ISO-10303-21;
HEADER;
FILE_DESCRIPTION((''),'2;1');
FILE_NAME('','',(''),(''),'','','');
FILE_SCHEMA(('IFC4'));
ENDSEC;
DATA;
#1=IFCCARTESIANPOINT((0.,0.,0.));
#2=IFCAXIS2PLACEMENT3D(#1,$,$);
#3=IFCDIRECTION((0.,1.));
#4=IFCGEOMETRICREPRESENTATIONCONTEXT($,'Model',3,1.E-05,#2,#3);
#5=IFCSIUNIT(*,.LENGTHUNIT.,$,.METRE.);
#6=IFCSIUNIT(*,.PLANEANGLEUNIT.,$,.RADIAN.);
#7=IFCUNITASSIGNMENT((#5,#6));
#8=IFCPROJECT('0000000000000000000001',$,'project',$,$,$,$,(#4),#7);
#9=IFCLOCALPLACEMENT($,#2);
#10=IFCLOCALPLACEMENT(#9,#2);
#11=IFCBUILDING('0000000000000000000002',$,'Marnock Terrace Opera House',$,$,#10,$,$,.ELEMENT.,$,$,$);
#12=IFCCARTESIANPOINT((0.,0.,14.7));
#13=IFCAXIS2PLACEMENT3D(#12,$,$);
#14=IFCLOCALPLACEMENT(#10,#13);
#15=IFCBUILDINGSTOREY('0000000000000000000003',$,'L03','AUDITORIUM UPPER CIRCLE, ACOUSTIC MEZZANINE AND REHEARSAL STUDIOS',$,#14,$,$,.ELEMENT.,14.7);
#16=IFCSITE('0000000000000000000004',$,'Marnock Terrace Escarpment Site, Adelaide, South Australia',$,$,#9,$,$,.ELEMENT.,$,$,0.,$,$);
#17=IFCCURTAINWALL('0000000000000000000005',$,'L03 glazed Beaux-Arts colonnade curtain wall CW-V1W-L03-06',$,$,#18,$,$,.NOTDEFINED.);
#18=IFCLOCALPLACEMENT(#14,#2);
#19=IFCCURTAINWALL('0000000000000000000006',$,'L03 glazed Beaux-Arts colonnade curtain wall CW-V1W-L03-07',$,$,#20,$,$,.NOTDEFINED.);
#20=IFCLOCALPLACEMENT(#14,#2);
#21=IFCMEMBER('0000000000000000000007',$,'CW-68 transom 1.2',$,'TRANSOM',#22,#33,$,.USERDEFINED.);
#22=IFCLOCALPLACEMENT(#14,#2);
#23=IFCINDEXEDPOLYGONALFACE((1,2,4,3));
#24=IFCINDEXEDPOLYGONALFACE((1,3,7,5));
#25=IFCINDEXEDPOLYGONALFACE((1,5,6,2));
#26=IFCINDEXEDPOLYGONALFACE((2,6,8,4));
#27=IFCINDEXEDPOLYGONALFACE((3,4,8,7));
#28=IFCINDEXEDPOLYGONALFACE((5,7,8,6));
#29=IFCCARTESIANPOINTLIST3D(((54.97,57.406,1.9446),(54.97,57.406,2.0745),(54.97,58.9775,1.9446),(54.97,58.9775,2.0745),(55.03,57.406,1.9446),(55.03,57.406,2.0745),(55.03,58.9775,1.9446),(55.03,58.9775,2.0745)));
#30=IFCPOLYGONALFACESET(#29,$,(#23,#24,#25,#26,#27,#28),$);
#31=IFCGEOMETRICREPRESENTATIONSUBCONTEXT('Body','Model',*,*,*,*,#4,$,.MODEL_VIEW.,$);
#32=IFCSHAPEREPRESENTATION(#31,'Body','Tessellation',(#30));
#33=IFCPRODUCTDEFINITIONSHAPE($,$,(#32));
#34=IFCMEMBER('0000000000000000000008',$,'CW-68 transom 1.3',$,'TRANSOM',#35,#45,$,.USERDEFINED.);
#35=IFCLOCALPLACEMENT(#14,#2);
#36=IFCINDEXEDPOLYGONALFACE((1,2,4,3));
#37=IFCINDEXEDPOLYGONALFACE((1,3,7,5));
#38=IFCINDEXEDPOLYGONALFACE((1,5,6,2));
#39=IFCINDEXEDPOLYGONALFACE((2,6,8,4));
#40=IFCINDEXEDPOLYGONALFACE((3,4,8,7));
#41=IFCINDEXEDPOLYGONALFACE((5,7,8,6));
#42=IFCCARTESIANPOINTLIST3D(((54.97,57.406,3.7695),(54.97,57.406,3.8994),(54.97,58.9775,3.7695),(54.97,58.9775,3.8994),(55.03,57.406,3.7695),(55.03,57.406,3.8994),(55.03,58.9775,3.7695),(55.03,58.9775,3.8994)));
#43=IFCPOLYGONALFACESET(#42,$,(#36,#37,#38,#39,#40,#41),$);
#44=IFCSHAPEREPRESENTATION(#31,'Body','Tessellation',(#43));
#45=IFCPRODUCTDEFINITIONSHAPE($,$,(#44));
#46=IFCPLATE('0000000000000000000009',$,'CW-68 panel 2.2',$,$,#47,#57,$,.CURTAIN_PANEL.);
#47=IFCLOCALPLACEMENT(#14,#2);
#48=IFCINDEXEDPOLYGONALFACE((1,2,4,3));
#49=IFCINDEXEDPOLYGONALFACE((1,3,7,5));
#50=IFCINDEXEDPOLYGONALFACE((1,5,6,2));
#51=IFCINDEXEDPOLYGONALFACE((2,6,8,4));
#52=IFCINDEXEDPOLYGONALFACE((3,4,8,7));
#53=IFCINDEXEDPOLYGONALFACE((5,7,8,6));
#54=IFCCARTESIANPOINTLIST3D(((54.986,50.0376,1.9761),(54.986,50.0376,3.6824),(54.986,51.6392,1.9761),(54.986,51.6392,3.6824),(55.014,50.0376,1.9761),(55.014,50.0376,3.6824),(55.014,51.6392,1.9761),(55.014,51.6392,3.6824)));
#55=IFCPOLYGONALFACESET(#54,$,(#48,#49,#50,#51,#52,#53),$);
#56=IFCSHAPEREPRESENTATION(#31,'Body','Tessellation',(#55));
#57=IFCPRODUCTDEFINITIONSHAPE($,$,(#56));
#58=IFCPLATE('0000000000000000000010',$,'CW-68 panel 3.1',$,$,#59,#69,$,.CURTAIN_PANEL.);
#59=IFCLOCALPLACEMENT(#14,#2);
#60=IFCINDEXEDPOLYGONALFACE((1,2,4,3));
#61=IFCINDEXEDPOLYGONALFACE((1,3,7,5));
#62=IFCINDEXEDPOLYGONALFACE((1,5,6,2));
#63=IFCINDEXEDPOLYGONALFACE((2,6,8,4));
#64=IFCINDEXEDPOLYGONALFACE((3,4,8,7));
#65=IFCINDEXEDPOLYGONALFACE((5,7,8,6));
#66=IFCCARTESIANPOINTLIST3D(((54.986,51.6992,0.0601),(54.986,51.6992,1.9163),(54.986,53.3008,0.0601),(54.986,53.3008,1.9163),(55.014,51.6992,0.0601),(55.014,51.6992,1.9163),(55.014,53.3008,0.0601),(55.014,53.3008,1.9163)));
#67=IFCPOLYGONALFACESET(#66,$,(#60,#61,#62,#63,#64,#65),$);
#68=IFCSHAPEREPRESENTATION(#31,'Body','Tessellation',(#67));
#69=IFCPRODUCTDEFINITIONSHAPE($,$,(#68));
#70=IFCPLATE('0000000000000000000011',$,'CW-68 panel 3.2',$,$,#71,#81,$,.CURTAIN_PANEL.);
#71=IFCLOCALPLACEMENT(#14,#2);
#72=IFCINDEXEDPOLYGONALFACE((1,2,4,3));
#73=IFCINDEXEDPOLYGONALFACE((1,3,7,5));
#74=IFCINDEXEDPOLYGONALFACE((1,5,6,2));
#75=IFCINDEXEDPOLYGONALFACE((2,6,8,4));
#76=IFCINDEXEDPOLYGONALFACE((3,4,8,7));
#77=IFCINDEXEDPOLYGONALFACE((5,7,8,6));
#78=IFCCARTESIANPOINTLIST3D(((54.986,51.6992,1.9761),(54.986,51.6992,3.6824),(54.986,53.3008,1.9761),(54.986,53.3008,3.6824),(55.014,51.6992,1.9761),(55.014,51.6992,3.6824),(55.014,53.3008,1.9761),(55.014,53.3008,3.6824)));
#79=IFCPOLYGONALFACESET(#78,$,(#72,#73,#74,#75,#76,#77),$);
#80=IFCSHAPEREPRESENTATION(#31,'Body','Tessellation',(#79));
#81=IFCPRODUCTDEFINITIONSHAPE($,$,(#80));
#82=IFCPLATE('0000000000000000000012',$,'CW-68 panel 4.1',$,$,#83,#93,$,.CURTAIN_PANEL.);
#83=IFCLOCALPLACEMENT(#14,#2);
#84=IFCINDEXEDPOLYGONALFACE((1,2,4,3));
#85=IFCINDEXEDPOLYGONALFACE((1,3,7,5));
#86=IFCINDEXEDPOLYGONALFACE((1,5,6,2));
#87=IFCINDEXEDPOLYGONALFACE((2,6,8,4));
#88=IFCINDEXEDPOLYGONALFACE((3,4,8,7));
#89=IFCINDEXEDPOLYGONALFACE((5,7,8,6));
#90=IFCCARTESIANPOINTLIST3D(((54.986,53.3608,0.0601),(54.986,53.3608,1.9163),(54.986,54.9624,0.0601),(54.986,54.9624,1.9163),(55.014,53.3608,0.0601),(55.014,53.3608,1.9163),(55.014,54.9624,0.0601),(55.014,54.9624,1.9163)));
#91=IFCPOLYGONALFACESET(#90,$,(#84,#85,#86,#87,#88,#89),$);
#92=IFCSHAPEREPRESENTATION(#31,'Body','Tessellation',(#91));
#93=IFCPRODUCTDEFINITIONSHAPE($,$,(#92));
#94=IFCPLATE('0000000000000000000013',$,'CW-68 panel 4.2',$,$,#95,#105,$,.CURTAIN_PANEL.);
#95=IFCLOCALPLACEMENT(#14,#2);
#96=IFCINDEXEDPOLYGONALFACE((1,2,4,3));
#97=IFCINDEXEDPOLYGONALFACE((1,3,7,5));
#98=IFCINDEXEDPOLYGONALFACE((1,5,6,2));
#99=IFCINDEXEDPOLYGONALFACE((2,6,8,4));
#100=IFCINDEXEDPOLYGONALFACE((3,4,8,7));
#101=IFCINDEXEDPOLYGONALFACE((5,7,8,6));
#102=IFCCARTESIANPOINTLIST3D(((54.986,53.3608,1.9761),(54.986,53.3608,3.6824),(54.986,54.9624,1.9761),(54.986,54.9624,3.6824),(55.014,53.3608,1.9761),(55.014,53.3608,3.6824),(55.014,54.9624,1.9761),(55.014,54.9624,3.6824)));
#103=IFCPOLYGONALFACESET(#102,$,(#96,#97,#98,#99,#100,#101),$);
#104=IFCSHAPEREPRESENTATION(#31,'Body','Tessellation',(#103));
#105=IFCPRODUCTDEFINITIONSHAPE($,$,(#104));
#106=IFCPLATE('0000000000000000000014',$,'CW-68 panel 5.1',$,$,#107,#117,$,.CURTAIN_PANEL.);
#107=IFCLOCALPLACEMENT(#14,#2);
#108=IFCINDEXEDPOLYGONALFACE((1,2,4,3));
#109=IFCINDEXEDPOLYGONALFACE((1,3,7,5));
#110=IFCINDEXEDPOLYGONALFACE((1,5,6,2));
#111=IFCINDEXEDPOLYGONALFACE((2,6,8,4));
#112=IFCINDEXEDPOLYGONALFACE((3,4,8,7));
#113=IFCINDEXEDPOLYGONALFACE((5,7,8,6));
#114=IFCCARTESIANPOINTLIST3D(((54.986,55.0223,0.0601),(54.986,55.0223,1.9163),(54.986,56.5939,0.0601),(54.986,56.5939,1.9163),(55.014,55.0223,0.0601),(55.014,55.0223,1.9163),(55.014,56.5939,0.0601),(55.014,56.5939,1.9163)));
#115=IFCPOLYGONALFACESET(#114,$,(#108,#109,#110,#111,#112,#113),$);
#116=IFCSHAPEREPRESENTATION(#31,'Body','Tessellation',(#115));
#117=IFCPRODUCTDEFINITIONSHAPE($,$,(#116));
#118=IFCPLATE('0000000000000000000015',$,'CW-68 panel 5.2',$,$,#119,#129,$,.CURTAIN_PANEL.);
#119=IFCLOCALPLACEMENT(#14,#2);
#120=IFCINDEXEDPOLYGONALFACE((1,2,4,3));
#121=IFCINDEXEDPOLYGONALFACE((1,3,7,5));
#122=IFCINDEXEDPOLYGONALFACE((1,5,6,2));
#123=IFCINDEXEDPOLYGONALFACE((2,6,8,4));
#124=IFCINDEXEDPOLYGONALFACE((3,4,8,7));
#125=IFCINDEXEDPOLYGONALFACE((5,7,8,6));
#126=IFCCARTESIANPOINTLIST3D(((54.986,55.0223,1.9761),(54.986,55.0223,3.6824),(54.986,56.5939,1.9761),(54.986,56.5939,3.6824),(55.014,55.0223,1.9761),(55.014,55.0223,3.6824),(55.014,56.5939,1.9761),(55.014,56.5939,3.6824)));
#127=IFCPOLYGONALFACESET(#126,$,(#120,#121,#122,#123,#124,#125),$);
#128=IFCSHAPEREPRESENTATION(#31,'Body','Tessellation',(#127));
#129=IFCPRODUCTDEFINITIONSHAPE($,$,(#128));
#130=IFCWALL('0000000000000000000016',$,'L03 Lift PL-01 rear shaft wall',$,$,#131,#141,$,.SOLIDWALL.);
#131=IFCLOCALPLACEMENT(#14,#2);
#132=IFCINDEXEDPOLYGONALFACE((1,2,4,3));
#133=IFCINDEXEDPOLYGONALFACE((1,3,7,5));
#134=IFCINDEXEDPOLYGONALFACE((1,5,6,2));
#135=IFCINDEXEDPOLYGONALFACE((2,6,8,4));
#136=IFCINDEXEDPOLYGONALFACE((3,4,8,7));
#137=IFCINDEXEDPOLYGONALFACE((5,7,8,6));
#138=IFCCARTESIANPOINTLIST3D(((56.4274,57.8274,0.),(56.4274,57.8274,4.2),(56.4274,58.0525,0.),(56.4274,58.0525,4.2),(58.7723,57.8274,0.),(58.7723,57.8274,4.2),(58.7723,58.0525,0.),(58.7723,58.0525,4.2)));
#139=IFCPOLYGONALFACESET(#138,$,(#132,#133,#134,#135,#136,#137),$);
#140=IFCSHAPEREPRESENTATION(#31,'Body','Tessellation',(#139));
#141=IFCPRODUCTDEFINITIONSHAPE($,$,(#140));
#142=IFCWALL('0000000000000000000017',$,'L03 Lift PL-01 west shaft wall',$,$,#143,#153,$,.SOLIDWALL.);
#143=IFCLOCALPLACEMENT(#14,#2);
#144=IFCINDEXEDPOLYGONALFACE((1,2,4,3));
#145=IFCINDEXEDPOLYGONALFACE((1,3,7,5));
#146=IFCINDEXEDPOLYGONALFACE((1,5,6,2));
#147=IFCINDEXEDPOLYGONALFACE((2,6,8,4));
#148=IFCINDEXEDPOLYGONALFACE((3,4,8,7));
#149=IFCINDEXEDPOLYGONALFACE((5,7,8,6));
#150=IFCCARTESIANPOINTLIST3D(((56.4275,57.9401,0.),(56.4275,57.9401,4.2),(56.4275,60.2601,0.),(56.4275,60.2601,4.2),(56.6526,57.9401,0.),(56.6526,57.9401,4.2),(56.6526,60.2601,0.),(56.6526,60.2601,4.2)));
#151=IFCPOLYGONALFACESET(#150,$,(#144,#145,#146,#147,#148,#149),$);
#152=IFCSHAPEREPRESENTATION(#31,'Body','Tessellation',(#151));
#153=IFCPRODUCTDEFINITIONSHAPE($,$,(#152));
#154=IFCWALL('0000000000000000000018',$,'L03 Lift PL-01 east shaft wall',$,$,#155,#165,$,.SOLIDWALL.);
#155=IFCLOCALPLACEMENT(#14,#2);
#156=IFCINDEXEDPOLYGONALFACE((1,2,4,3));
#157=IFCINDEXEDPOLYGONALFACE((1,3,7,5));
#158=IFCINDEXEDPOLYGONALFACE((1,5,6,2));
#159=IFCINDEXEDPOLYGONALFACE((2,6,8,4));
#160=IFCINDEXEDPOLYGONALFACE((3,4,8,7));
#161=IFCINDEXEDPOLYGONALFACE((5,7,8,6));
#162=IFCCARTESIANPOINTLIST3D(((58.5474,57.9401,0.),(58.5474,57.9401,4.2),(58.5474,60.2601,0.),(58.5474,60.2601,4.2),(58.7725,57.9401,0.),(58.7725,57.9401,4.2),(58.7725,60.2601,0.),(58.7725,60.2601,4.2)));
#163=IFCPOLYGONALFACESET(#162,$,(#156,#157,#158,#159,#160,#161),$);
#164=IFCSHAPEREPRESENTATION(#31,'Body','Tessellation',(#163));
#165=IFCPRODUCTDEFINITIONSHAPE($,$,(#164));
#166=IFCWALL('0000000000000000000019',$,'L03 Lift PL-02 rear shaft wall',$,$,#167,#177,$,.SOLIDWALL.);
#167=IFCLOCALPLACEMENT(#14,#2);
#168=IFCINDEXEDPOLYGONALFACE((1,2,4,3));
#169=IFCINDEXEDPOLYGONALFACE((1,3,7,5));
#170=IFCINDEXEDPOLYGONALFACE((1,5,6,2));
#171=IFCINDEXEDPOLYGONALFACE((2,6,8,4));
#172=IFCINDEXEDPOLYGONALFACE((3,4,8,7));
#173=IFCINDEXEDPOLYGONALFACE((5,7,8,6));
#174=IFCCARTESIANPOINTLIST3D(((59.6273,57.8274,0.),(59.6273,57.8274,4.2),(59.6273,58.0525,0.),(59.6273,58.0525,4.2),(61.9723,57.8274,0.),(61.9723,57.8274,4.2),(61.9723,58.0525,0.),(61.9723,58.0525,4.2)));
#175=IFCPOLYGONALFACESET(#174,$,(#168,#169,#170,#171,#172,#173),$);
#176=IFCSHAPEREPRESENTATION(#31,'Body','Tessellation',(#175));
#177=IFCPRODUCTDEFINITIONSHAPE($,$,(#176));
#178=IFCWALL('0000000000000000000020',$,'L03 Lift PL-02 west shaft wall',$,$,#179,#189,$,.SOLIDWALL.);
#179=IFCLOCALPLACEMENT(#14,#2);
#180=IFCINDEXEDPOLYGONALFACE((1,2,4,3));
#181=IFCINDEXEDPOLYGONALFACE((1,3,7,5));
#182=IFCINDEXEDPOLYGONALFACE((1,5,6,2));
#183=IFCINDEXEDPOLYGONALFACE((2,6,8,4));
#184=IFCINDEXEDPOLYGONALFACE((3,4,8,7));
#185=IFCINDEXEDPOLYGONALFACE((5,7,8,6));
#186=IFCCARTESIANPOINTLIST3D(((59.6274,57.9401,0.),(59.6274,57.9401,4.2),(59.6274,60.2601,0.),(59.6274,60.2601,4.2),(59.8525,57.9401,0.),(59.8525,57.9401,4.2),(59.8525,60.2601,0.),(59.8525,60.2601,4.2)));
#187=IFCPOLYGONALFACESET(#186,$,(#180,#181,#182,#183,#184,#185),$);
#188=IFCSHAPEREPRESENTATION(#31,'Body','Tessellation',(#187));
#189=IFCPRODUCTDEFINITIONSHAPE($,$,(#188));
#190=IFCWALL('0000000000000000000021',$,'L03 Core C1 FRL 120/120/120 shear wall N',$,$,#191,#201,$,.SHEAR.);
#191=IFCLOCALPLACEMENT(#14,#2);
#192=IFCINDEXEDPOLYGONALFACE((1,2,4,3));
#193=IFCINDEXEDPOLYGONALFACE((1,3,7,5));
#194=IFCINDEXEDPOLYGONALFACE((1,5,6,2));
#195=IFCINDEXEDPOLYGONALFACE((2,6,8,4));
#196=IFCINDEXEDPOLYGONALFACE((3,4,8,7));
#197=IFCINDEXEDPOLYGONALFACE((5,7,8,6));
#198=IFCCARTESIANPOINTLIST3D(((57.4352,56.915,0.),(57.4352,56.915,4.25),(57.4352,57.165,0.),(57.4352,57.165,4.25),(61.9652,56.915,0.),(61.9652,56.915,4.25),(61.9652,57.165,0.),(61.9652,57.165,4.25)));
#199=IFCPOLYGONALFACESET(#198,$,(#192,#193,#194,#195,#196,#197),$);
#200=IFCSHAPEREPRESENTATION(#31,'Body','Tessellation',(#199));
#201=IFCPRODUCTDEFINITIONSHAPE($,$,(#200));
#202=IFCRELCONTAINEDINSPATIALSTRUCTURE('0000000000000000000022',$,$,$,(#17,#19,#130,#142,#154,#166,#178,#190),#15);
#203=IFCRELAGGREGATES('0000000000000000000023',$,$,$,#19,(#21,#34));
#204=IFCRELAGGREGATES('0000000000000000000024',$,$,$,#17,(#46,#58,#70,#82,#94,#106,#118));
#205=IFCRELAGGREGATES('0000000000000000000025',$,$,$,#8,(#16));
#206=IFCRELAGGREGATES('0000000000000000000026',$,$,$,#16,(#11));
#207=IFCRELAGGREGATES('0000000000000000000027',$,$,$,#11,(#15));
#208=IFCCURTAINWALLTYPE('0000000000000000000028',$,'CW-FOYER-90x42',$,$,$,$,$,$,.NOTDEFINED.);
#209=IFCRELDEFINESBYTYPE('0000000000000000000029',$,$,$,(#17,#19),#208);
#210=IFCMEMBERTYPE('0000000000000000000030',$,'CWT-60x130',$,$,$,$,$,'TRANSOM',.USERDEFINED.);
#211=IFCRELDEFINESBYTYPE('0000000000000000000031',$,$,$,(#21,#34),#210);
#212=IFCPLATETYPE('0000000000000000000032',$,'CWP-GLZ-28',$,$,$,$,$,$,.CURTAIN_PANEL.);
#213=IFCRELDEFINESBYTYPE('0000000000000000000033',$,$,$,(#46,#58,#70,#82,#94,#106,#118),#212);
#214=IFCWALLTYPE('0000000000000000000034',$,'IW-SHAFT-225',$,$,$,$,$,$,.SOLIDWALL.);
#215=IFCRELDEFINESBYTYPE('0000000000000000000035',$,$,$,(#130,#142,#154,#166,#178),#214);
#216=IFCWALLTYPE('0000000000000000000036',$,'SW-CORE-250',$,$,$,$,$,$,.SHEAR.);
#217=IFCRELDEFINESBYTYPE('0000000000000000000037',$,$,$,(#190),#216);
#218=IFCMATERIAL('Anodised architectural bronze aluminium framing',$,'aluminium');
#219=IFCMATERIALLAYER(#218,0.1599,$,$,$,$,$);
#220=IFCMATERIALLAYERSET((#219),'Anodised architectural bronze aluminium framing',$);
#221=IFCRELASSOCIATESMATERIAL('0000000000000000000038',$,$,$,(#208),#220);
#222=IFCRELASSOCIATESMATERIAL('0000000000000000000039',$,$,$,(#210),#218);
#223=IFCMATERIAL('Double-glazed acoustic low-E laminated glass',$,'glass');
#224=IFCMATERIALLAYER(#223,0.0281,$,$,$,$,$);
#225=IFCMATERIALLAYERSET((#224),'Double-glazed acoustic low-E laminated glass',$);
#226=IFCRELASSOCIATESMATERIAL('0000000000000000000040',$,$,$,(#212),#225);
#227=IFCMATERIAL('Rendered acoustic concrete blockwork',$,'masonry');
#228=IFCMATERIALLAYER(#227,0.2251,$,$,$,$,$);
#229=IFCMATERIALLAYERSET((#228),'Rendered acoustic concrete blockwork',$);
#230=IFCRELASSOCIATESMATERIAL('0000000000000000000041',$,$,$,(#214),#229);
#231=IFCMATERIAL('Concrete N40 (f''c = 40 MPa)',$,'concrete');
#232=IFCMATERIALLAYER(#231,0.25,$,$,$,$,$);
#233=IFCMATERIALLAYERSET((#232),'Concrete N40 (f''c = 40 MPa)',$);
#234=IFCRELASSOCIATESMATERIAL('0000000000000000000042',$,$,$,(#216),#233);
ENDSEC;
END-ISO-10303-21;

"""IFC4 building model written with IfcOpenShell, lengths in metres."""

from ifc_helpers import new_model, si_unit, direction, frame, frame_2d, origin, origin_2d, place, context, subcontext, project, spatial, rectangle, extrude, material, layer, layer_set, material_profile, profile_set, type_object, element, aggregate, save


model = new_model("IFC4")

# Units and contexts
model_context = context("Model", 3, precision=1e-05, world=origin(), true_north=direction((0.0, 1.0)))
body_context = subcontext(model_context, "Body", "Model", "MODEL_VIEW")
ifc_project = project(units=[si_unit("LENGTHUNIT", "METRE"), si_unit("PLANEANGLEUNIT", "RADIAN")], contexts=[model_context])

# Site, building, storey
site_placement = place(None, origin())
site = spatial("IfcSite", under=ifc_project, at=site_placement, Name="Marnock Terrace Escarpment Site, Adelaide, South Australia", CompositionType="ELEMENT", RefElevation=0.0)
building_placement = place(site_placement, origin())
building = spatial("IfcBuilding", under=site, at=building_placement, Name="Marnock Terrace Opera House", CompositionType="ELEMENT")
storey_placement = place(building_placement, frame((0.0, 0.0, 14.7)))
storey = spatial("IfcBuildingStorey", under=building, at=storey_placement, Name="L03", Description="AUDITORIUM UPPER CIRCLE, ACOUSTIC MEZZANINE AND REHEARSAL STUDIOS", CompositionType="ELEMENT", Elevation=14.7)

# Curtain wall
ifc_material_1 = material(Name="Anodised architectural bronze aluminium framing", Category="aluminium")
ifc_layer_1 = layer(ifc_material_1, 0.1599)
ifc_layer_set_1 = layer_set([ifc_layer_1], Name="Anodised architectural bronze aluminium framing")
curtain_wall_type = type_object("IfcCurtainWallType", Name="CW-FOYER-90x42", PredefinedType="NOTDEFINED", material=ifc_layer_set_1)
curtain_wall_1_placement = place(storey_placement, origin())
curtain_wall_1 = element("IfcCurtainWall", 1, at=curtain_wall_1_placement, inside=storey, type_object=curtain_wall_type, Name="L03 glazed Beaux-Arts colonnade curtain wall CW-V1W-L03-06", PredefinedType="NOTDEFINED")

# Curtain wall
curtain_wall_2_placement = place(storey_placement, origin())
curtain_wall_2 = element("IfcCurtainWall", 2, at=curtain_wall_2_placement, inside=storey, type_object=curtain_wall_type, Name="L03 glazed Beaux-Arts colonnade curtain wall CW-V1W-L03-07", PredefinedType="NOTDEFINED")

# Members
ifc_material_profile_1 = material_profile(ifc_material_1, rectangle(XDim=0.0601, YDim=0.1299, at=origin_2d()))
ifc_profile_set_1 = profile_set([ifc_material_profile_1], Name="Anodised architectural bronze aluminium framing")
member_type_1 = type_object("IfcMemberType", Name="CWT-60x130", ElementType="TRANSOM", PredefinedType="USERDEFINED", material=ifc_profile_set_1)
member_1_placement = place(storey_placement, frame((55.0, 57.406, 2.0095), z_axis=(0.0, 1.0, 0.0), x_axis=(-1.0, 0.0, 0.0)))
member_1 = element("IfcMember", 3, at=member_1_placement, type_object=member_type_1, Name="CW-68 transom 1.2", ObjectType="TRANSOM", PredefinedType="USERDEFINED", context=body_context, shape_type="SweptSolid", body=[
    extrude(rectangle(XDim=0.0601, YDim=0.1299, at=origin_2d()), origin(), (0.0, 0.0, 1.0), 1.5715),
])
member_2_placement = place(storey_placement, frame((55.0, 57.406, 3.8345), z_axis=(0.0, 1.0, 0.0), x_axis=(-1.0, 0.0, 0.0)))
member_2 = element("IfcMember", 4, at=member_2_placement, type_object=member_type_1, Name="CW-68 transom 1.3", ObjectType="TRANSOM", PredefinedType="USERDEFINED", context=body_context, shape_type="SweptSolid", body=[
    extrude(rectangle(XDim=0.0601, YDim=0.1299, at=origin_2d()), origin(), (0.0, 0.0, 1.0), 1.5715),
])
aggregate(curtain_wall_2, [member_1, member_2])

# Plates
ifc_material_2 = material(Name="Double-glazed acoustic low-E laminated glass", Category="glass")
ifc_layer_2 = layer(ifc_material_2, 0.0281)
ifc_layer_set_2 = layer_set([ifc_layer_2], Name="Double-glazed acoustic low-E laminated glass")
plate_type = type_object("IfcPlateType", Name="CWP-GLZ-28", PredefinedType="CURTAIN_PANEL", material=ifc_layer_set_2)
plate_1_placement = place(storey_placement, frame((55.0, 50.8384, 1.9761), z_axis=(0.0, 0.0, 1.0), x_axis=(0.0, 1.0, 0.0)))
plate_1 = element("IfcPlate", 5, at=plate_1_placement, type_object=plate_type, Name="CW-68 panel 2.2", PredefinedType="CURTAIN_PANEL", context=body_context, shape_type="SweptSolid", body=[
    extrude(rectangle(XDim=1.6016, YDim=0.0281, at=origin_2d()), origin(), (0.0, 0.0, 1.0), 1.7063),
])
plate_2_placement = place(storey_placement, frame((55.0, 52.5, 0.0601), z_axis=(0.0, 0.0, 1.0), x_axis=(0.0, 1.0, 0.0)))
plate_2 = element("IfcPlate", 6, at=plate_2_placement, type_object=plate_type, Name="CW-68 panel 3.1", PredefinedType="CURTAIN_PANEL", context=body_context, shape_type="SweptSolid", body=[
    extrude(rectangle(XDim=1.6016, YDim=0.0281, at=origin_2d()), origin(), (0.0, 0.0, 1.0), 1.8562),
])
plate_3_placement = place(storey_placement, frame((55.0, 52.5, 1.9761), z_axis=(0.0, 0.0, 1.0), x_axis=(0.0, 1.0, 0.0)))
plate_3 = element("IfcPlate", 7, at=plate_3_placement, type_object=plate_type, Name="CW-68 panel 3.2", PredefinedType="CURTAIN_PANEL", context=body_context, shape_type="SweptSolid", body=[
    extrude(rectangle(XDim=1.6016, YDim=0.0281, at=origin_2d()), origin(), (0.0, 0.0, 1.0), 1.7063),
])
plate_4_placement = place(storey_placement, frame((55.0, 54.1616, 0.0601), z_axis=(0.0, 0.0, 1.0), x_axis=(0.0, 1.0, 0.0)))
plate_4 = element("IfcPlate", 8, at=plate_4_placement, type_object=plate_type, Name="CW-68 panel 4.1", PredefinedType="CURTAIN_PANEL", context=body_context, shape_type="SweptSolid", body=[
    extrude(rectangle(XDim=1.6016, YDim=0.0281, at=origin_2d()), origin(), (0.0, 0.0, 1.0), 1.8562),
])
plate_5_placement = place(storey_placement, frame((55.0, 54.1616, 1.9761), z_axis=(0.0, 0.0, 1.0), x_axis=(0.0, 1.0, 0.0)))
plate_5 = element("IfcPlate", 9, at=plate_5_placement, type_object=plate_type, Name="CW-68 panel 4.2", PredefinedType="CURTAIN_PANEL", context=body_context, shape_type="SweptSolid", body=[
    extrude(rectangle(XDim=1.6016, YDim=0.0281, at=origin_2d()), origin(), (0.0, 0.0, 1.0), 1.7063),
])
plate_6_placement = place(storey_placement, frame((55.0, 55.8081, 0.0601), z_axis=(0.0, 0.0, 1.0), x_axis=(0.0, 1.0, 0.0)))
plate_6 = element("IfcPlate", 10, at=plate_6_placement, type_object=plate_type, Name="CW-68 panel 5.1", PredefinedType="CURTAIN_PANEL", context=body_context, shape_type="SweptSolid", body=[
    extrude(rectangle(XDim=1.5715, YDim=0.0281, at=origin_2d()), origin(), (0.0, 0.0, 1.0), 1.8562),
])
plate_7_placement = place(storey_placement, frame((55.0, 55.8081, 1.9761), z_axis=(0.0, 0.0, 1.0), x_axis=(0.0, 1.0, 0.0)))
plate_7 = element("IfcPlate", 11, at=plate_7_placement, type_object=plate_type, Name="CW-68 panel 5.2", PredefinedType="CURTAIN_PANEL", context=body_context, shape_type="SweptSolid", body=[
    extrude(rectangle(XDim=1.5715, YDim=0.0281, at=origin_2d()), origin(), (0.0, 0.0, 1.0), 1.7063),
])
aggregate(curtain_wall_1, [plate_1, plate_2, plate_3, plate_4, plate_5, plate_6, plate_7])

# Walls
ifc_material_3 = material(Name="Rendered acoustic concrete blockwork", Category="masonry")
ifc_layer_3 = layer(ifc_material_3, 0.2251)
ifc_layer_set_3 = layer_set([ifc_layer_3], Name="Rendered acoustic concrete blockwork")
wall_type_1 = type_object("IfcWallType", Name="IW-SHAFT-225", PredefinedType="SOLIDWALL", material=ifc_layer_set_3)
wall_1_placement = place(storey_placement, frame((56.4275, 57.9399, 0.0), z_axis=(0.0, 0.0, 1.0), x_axis=(1.0, 0.0, 0.0)))
element("IfcWall", 12, at=wall_1_placement, inside=storey, type_object=wall_type_1, Name="L03 Lift PL-01 rear shaft wall", PredefinedType="SOLIDWALL", context=body_context, shape_type="SweptSolid", body=[
    extrude(rectangle(XDim=2.345, YDim=0.2251, at=frame_2d((1.1724, 0.0))), origin(), (0.0, 0.0, 1.0), 4.2),
])
for number, where, z_axis, x_axis, name in (
    (13, (56.54, 57.9399, 0.0), (0.0, 0.0, 1.0), (0.0, 1.0, 0.0), "L03 Lift PL-01 west shaft wall"),
    (14, (58.6599, 57.9399, 0.0), (0.0, 0.0, 1.0), (0.0, 1.0, 0.0), "L03 Lift PL-01 east shaft wall"),
):
    element("IfcWall", number, at=place(storey_placement, frame(where, z_axis=z_axis, x_axis=x_axis)), inside=storey, type_object=wall_type_1, Name=name, PredefinedType="SOLIDWALL", context=body_context, shape_type="SweptSolid", body=[
        extrude(rectangle(XDim=2.3201, YDim=0.2251, at=frame_2d((1.1602, 0.0))), origin(), (0.0, 0.0, 1.0), 4.2),
    ])
wall_2_placement = place(storey_placement, frame((59.6274, 57.9399, 0.0), z_axis=(0.0, 0.0, 1.0), x_axis=(1.0, 0.0, 0.0)))
element("IfcWall", 15, at=wall_2_placement, inside=storey, type_object=wall_type_1, Name="L03 Lift PL-02 rear shaft wall", PredefinedType="SOLIDWALL", context=body_context, shape_type="SweptSolid", body=[
    extrude(rectangle(XDim=2.345, YDim=0.2251, at=frame_2d((1.1724, 0.0))), origin(), (0.0, 0.0, 1.0), 4.2),
])
wall_3_placement = place(storey_placement, frame((59.74, 57.9399, 0.0), z_axis=(0.0, 0.0, 1.0), x_axis=(0.0, 1.0, 0.0)))
element("IfcWall", 16, at=wall_3_placement, inside=storey, type_object=wall_type_1, Name="L03 Lift PL-02 west shaft wall", PredefinedType="SOLIDWALL", context=body_context, shape_type="SweptSolid", body=[
    extrude(rectangle(XDim=2.3201, YDim=0.2251, at=frame_2d((1.1602, 0.0))), origin(), (0.0, 0.0, 1.0), 4.2),
])
ifc_material_4 = material(Name="Concrete N40 (f'c = 40 MPa)", Category="concrete")
ifc_layer_4 = layer(ifc_material_4, 0.25)
ifc_layer_set_4 = layer_set([ifc_layer_4], Name="Concrete N40 (f'c = 40 MPa)")
wall_type_2 = type_object("IfcWallType", Name="SW-CORE-250", PredefinedType="SHEAR", material=ifc_layer_set_4)
wall_4_placement = place(storey_placement, frame((57.4351, 57.04, 0.0), z_axis=(0.0, 0.0, 1.0), x_axis=(1.0, 0.0, 0.0)))
element("IfcWall", 17, at=wall_4_placement, inside=storey, type_object=wall_type_2, Name="L03 Core C1 FRL 120/120/120 shear wall N", PredefinedType="SHEAR", context=body_context, shape_type="SweptSolid", body=[
    extrude(rectangle(XDim=4.53, YDim=0.25, at=frame_2d((2.2651, 0.0))), origin(), (0.0, 0.0, 1.0), 4.25),
])

save(model, "model.ifc")
